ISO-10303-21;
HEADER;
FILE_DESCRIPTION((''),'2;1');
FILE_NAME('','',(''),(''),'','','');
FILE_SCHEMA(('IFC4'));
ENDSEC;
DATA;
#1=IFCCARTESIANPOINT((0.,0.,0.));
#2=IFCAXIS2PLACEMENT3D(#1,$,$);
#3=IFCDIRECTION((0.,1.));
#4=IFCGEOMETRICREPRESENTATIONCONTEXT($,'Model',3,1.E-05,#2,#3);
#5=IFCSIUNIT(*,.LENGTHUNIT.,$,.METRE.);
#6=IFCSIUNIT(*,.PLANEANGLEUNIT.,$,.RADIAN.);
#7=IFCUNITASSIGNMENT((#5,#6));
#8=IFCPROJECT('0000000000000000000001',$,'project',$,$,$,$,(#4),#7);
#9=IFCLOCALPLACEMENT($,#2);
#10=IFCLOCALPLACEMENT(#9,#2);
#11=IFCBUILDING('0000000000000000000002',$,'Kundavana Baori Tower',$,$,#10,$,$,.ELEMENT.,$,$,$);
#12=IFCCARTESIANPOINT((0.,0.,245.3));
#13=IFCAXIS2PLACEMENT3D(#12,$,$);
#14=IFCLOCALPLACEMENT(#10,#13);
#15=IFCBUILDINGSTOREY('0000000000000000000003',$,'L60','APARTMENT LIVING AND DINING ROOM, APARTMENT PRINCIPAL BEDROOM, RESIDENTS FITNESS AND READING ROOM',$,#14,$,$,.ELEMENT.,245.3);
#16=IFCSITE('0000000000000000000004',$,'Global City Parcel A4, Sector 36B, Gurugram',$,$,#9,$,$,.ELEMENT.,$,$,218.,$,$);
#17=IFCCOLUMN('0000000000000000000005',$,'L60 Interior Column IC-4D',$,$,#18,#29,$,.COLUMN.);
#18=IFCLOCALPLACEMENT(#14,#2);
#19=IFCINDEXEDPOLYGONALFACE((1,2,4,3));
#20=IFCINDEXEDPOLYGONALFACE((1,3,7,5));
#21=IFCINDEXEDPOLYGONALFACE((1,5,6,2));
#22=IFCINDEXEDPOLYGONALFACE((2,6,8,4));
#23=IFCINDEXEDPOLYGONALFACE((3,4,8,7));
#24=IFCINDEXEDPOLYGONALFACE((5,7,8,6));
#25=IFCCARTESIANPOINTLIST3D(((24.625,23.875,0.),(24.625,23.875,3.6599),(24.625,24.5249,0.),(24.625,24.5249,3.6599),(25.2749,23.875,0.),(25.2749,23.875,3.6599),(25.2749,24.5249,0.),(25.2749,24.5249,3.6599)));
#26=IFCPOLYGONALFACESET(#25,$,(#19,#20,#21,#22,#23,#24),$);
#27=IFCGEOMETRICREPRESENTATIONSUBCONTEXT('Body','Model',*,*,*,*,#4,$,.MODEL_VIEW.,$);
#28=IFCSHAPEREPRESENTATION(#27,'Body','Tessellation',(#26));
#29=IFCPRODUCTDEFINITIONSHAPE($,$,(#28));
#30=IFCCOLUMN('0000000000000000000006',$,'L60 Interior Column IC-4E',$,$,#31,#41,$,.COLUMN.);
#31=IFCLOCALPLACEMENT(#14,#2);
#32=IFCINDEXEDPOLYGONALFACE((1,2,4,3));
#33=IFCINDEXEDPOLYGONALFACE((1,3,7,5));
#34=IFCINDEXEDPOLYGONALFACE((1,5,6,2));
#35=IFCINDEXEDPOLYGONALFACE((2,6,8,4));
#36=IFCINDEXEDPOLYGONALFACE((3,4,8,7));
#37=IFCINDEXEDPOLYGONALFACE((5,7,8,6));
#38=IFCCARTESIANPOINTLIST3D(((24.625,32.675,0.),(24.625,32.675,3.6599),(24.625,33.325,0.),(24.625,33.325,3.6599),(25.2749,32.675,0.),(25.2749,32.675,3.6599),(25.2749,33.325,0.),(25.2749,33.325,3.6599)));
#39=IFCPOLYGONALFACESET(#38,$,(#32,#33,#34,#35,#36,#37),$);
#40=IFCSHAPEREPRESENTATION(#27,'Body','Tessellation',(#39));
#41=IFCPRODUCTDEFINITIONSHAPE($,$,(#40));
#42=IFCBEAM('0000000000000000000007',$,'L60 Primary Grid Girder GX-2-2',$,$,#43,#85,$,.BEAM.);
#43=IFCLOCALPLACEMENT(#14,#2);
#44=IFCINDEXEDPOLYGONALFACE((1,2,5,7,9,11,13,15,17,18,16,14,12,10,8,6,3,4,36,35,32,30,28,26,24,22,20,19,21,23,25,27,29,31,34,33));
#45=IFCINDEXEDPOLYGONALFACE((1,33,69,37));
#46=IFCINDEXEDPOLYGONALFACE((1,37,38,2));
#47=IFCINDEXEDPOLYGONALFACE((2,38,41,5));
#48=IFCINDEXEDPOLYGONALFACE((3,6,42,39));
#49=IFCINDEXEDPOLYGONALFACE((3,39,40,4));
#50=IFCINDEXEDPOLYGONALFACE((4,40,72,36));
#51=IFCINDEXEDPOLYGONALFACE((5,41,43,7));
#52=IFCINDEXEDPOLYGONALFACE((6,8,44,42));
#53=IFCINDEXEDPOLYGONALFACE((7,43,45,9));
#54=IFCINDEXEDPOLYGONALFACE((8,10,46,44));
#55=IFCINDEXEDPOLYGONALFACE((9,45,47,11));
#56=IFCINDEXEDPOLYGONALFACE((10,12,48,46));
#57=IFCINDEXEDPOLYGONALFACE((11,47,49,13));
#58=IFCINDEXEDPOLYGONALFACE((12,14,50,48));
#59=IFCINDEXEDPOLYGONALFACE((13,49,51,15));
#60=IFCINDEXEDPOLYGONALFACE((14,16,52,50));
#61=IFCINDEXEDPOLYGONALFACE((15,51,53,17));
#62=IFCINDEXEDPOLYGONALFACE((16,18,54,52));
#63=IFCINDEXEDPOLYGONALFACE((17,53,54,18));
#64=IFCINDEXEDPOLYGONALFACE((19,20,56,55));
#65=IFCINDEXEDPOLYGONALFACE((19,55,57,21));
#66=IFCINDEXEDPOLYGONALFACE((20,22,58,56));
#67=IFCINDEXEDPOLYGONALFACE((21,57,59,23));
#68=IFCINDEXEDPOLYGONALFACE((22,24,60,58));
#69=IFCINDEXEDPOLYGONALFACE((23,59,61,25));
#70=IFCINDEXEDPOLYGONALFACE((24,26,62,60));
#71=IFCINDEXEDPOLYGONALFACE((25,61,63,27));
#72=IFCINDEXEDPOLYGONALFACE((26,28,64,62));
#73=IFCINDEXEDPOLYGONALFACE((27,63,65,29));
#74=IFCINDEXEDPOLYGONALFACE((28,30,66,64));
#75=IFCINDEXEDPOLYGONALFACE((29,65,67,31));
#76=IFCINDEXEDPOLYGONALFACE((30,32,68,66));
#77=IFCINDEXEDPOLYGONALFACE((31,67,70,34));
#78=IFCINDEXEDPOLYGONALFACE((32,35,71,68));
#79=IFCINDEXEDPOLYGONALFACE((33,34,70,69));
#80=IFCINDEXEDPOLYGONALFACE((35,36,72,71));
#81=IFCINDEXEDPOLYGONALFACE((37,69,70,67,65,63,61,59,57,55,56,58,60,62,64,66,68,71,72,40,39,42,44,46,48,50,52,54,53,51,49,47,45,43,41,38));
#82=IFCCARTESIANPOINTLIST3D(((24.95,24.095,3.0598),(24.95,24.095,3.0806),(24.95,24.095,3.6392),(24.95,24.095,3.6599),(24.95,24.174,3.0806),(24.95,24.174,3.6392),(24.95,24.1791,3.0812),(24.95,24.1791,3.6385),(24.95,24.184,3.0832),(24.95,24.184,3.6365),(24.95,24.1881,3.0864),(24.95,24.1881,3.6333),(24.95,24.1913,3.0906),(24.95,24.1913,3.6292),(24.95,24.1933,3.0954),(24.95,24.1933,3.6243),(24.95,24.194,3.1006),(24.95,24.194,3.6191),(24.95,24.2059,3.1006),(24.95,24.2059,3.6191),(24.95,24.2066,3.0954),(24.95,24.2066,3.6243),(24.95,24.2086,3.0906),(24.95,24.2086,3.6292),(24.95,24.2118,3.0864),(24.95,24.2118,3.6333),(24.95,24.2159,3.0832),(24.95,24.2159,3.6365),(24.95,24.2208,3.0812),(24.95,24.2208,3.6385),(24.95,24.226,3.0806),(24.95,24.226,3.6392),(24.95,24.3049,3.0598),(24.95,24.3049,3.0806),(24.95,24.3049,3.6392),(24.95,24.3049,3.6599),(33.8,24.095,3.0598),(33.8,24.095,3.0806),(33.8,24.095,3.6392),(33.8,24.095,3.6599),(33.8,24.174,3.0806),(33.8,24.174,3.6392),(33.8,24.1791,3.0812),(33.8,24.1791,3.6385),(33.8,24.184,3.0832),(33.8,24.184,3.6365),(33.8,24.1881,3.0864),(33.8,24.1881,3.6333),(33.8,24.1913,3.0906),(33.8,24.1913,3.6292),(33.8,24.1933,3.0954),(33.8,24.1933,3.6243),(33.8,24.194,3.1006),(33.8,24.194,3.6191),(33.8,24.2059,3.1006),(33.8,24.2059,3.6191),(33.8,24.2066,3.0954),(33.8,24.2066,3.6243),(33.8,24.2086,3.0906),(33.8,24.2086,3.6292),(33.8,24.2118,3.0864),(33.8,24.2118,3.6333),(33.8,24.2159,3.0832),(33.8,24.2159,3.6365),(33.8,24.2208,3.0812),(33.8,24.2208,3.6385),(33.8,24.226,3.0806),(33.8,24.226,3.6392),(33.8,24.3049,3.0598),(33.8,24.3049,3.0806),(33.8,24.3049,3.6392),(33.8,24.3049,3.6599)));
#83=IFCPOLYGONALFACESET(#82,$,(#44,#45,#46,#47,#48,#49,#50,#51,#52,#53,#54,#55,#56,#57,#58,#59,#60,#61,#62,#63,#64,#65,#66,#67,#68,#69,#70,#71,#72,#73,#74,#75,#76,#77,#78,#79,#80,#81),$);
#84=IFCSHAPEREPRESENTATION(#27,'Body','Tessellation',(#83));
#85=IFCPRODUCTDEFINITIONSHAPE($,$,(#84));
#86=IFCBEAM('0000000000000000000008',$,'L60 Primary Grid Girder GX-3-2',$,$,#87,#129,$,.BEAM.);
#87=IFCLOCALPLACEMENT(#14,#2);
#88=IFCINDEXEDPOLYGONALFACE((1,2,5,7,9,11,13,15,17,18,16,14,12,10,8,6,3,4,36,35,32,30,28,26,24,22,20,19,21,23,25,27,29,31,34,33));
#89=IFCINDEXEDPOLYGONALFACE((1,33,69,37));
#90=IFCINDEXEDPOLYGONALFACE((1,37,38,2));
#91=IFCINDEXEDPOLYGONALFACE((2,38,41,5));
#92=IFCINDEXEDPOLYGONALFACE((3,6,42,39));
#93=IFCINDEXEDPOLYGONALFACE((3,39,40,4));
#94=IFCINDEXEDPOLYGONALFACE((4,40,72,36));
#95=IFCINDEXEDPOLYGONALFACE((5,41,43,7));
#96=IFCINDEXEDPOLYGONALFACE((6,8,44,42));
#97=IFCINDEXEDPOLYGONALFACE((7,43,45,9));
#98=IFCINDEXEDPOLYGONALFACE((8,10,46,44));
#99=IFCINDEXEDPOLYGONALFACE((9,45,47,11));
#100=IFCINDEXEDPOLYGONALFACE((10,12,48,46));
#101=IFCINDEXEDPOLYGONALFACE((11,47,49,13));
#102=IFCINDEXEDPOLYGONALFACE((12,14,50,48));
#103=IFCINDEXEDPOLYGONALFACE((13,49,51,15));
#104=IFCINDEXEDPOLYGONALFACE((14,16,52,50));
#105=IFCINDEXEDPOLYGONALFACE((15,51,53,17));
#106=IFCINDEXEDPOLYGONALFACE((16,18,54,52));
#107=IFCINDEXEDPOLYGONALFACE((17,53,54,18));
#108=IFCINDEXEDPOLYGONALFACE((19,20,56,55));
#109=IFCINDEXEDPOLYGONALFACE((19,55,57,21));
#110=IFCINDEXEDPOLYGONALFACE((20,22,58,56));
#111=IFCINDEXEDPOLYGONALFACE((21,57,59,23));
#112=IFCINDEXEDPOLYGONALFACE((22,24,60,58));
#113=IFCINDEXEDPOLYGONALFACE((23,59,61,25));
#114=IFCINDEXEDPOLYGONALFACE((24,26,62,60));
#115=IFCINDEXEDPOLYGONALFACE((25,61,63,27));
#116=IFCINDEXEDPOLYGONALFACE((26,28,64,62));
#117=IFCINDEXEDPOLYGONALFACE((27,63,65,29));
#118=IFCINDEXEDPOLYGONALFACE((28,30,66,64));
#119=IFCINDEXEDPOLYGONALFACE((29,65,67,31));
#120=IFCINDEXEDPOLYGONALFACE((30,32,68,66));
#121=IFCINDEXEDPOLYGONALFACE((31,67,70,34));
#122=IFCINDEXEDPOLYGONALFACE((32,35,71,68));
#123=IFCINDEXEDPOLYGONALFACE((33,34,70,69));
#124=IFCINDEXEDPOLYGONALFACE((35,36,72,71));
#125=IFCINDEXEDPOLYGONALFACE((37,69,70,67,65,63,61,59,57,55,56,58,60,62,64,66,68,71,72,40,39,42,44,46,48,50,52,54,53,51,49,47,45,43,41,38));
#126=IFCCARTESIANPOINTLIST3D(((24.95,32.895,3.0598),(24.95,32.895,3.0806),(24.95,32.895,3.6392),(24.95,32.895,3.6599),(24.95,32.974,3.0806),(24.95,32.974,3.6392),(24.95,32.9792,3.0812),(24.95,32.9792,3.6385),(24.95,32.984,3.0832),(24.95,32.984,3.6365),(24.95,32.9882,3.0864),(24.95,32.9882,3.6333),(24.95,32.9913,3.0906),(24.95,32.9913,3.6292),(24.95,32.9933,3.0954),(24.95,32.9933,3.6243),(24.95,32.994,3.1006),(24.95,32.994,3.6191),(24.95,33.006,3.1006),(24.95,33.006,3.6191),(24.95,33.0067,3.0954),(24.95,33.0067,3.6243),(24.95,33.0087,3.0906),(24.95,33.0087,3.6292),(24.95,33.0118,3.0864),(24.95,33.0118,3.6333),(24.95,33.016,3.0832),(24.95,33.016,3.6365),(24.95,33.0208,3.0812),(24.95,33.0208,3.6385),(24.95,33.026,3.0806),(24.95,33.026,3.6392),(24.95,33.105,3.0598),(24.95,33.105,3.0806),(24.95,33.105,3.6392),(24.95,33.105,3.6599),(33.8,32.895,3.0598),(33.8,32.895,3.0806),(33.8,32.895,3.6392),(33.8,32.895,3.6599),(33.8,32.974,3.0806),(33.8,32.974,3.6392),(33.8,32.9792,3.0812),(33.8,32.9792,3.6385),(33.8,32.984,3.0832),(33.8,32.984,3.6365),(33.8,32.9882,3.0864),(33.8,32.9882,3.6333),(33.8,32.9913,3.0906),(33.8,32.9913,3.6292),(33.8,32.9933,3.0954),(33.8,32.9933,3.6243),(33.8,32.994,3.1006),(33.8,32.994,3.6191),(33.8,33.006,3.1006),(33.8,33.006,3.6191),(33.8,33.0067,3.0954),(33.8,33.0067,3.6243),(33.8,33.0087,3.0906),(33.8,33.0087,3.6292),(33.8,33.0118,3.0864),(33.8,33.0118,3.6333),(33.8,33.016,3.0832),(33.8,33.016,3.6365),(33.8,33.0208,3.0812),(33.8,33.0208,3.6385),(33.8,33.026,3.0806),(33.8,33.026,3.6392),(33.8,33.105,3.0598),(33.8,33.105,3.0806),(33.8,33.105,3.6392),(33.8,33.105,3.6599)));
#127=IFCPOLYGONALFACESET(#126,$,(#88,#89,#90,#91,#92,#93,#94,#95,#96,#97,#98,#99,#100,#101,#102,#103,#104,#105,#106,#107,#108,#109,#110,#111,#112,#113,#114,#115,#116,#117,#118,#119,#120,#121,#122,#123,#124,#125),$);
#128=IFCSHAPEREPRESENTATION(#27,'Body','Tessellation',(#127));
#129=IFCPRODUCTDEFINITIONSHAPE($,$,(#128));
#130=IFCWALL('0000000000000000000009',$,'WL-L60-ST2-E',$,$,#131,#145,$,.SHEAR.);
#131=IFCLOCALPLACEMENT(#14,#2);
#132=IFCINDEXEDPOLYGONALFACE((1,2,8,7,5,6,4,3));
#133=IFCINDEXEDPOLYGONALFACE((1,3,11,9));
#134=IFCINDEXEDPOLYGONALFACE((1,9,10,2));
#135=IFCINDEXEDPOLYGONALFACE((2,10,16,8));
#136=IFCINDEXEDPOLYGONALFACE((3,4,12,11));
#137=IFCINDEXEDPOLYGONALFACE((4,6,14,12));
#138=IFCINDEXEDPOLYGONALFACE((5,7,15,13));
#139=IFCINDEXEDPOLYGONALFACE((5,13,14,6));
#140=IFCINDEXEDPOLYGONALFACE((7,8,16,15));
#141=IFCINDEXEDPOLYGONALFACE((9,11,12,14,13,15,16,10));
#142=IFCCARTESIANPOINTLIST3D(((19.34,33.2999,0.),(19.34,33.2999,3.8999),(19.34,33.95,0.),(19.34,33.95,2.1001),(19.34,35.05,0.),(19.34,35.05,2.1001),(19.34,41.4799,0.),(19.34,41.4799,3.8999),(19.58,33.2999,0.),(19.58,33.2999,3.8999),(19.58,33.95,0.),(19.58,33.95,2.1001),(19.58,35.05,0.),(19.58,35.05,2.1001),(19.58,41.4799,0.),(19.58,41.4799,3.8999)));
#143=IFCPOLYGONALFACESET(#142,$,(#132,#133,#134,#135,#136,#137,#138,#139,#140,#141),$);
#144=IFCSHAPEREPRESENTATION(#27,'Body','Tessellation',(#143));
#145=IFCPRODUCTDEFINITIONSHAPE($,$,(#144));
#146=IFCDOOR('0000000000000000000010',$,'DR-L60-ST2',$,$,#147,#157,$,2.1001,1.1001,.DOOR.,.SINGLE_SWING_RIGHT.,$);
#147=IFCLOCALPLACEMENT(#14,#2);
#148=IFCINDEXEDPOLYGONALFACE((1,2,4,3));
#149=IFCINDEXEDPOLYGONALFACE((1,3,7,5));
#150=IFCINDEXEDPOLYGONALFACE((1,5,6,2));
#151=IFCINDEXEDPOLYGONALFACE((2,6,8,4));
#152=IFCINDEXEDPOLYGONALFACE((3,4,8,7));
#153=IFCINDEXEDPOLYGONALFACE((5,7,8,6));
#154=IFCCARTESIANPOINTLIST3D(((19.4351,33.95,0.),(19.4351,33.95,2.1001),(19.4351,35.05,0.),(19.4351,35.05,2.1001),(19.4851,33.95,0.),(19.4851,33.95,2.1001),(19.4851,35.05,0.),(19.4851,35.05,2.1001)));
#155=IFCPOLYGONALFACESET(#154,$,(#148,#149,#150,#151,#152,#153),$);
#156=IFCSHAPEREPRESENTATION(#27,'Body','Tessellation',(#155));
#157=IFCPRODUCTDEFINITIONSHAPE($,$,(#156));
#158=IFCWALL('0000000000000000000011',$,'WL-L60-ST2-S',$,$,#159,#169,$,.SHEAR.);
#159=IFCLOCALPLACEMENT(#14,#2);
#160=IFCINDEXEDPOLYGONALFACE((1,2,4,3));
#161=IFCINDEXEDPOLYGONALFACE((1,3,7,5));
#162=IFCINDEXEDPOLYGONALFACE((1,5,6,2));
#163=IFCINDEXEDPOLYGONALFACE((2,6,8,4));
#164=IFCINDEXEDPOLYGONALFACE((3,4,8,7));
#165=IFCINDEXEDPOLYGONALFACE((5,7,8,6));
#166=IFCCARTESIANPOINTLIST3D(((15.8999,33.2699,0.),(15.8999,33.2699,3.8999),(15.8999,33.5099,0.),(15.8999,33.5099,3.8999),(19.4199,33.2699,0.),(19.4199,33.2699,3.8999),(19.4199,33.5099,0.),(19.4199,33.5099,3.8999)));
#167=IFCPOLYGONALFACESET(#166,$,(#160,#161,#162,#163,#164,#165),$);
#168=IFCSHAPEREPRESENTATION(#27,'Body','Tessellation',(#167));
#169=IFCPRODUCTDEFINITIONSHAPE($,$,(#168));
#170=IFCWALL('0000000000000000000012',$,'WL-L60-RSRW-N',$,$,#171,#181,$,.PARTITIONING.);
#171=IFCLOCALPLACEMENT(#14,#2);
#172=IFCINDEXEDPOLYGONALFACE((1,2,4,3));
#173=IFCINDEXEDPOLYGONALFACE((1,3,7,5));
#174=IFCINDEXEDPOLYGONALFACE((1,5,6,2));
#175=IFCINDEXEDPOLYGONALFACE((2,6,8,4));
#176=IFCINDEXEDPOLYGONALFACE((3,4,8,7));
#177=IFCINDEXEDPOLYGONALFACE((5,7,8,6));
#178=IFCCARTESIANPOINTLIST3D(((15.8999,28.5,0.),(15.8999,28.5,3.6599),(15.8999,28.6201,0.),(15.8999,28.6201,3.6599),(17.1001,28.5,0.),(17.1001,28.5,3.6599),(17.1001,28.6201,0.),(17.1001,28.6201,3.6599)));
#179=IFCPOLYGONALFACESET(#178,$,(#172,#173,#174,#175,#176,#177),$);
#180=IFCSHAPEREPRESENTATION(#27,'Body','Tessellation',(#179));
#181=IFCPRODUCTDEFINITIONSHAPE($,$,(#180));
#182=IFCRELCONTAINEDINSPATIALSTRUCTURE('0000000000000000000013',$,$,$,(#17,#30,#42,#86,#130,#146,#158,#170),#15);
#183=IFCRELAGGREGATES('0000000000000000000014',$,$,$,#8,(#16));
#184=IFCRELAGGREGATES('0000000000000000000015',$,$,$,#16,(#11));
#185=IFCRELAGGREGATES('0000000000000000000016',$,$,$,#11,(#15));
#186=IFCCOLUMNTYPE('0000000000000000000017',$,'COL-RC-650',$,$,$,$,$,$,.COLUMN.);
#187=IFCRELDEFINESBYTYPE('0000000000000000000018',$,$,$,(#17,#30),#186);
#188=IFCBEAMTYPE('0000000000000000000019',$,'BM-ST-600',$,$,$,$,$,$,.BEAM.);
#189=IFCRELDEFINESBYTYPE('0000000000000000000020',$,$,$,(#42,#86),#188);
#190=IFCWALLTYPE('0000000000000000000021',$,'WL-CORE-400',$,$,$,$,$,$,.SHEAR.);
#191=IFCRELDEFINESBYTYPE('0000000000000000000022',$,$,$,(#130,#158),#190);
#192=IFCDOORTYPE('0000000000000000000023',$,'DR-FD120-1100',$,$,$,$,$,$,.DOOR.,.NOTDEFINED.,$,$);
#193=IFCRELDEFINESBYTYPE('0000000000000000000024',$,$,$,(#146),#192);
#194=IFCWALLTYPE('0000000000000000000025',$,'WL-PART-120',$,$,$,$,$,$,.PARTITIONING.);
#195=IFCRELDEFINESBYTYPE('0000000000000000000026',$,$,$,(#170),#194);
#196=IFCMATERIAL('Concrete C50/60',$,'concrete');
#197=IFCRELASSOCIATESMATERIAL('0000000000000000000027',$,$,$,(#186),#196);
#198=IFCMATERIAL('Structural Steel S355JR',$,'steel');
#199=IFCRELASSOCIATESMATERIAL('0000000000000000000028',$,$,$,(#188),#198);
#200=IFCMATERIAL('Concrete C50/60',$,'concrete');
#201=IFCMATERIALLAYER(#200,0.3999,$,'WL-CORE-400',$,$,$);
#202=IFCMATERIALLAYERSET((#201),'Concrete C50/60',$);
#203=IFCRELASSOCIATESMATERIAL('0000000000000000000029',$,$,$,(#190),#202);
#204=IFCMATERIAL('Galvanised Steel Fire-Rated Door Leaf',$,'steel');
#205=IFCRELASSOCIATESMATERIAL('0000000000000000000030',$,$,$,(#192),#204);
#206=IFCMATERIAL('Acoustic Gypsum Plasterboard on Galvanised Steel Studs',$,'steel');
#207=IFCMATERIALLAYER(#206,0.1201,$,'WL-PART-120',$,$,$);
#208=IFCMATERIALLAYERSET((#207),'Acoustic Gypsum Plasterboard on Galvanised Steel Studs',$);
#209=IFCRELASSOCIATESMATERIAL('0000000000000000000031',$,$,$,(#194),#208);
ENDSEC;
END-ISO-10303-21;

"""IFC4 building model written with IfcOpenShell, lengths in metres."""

from ifc_helpers import new_model, si_unit, direction, frame, frame_2d, origin, origin_2d, place, context, subcontext, project, spatial, rectangle, i_section, extrude, material, layer, layer_set, material_profile, profile_set, type_object, element, fill, save


model = new_model("IFC4")

# Units and contexts
model_context = context("Model", 3, precision=1e-05, world=origin(), true_north=direction((0.0, 1.0)))
body_context = subcontext(model_context, "Body", "Model", "MODEL_VIEW")
ifc_project = project(units=[si_unit("LENGTHUNIT", "METRE"), si_unit("PLANEANGLEUNIT", "RADIAN")], contexts=[model_context])

# Site, building, storey
site_placement = place(None, origin())
site = spatial("IfcSite", under=ifc_project, at=site_placement, Name="Global City Parcel A4, Sector 36B, Gurugram", CompositionType="ELEMENT", RefElevation=218.0)
building_placement = place(site_placement, origin())
building = spatial("IfcBuilding", under=site, at=building_placement, Name="Kundavana Baori Tower", CompositionType="ELEMENT")
storey_placement = place(building_placement, frame((0.0, 0.0, 245.3)))
storey = spatial("IfcBuildingStorey", under=building, at=storey_placement, Name="L60", Description="APARTMENT LIVING AND DINING ROOM, APARTMENT PRINCIPAL BEDROOM, RESIDENTS FITNESS AND READING ROOM", CompositionType="ELEMENT", Elevation=245.3)

# Columns
ifc_material_1 = material(Name="Concrete C50/60", Category="concrete")
ifc_material_profile_1 = material_profile(ifc_material_1, rectangle(XDim=0.6499, YDim=0.6499, at=origin_2d()), Name="RC 650x650")
ifc_profile_set_1 = profile_set([ifc_material_profile_1], Name="Concrete C50/60")
column_type = type_object("IfcColumnType", Name="COL-RC-650", PredefinedType="COLUMN", material=ifc_profile_set_1)
for number, where, z_axis, x_axis, name in (
    (1, (24.95, 24.2, 0.0), (0.0, 0.0, 1.0), (1.0, 0.0, 0.0), "L60 Interior Column IC-4D"),
    (2, (24.95, 33.0, 0.0), (0.0, 0.0, 1.0), (1.0, 0.0, 0.0), "L60 Interior Column IC-4E"),
):
    element("IfcColumn", number, at=place(storey_placement, frame(where, z_axis=z_axis, x_axis=x_axis)), inside=storey, type_object=column_type, Name=name, PredefinedType="COLUMN", context=body_context, shape_type="SweptSolid", body=[
        extrude(rectangle(XDim=0.6499, YDim=0.6499, at=origin_2d()), origin(), (0.0, 0.0, 1.0), 3.6599),
    ])

# Beams
ifc_material_2 = material(Name="Structural Steel S355JR", Category="steel")
ifc_material_profile_2 = material_profile(ifc_material_2, i_section(OverallWidth=0.21, OverallDepth=0.6001, WebThickness=0.012, FlangeThickness=0.0208, FilletRadius=0.02, at=origin_2d()), Name="ISMB 600")
ifc_profile_set_2 = profile_set([ifc_material_profile_2], Name="Structural Steel S355JR")
beam_type = type_object("IfcBeamType", Name="BM-ST-600", PredefinedType="BEAM", material=ifc_profile_set_2)
for number, where, z_axis, x_axis, name in (
    (3, (24.95, 24.2, 3.3599), (1.0, 0.0, 0.0), (0.0, 1.0, 0.0), "L60 Primary Grid Girder GX-2-2"),
    (4, (24.95, 33.0, 3.3599), (1.0, 0.0, 0.0), (0.0, 1.0, 0.0), "L60 Primary Grid Girder GX-3-2"),
):
    element("IfcBeam", number, at=place(storey_placement, frame(where, z_axis=z_axis, x_axis=x_axis)), inside=storey, type_object=beam_type, Name=name, PredefinedType="BEAM", context=body_context, shape_type="SweptSolid", body=[
        extrude(i_section(OverallWidth=0.21, OverallDepth=0.6001, WebThickness=0.012, FlangeThickness=0.0208, FilletRadius=0.02, at=origin_2d()), origin(), (0.0, 0.0, 1.0), 8.8501),
    ])

# Wall, opening, door
ifc_material_3 = material(Name="Concrete C50/60", Category="concrete")
ifc_layer_1 = layer(ifc_material_3, 0.3999, Name="WL-CORE-400")
ifc_layer_set_1 = layer_set([ifc_layer_1], Name="Concrete C50/60")
wall_type_1 = type_object("IfcWallType", Name="WL-CORE-400", PredefinedType="SHEAR", material=ifc_layer_set_1)
wall_1_placement = place(storey_placement, frame((19.46, 33.3, 0.0), z_axis=(0.0, 0.0, 1.0), x_axis=(0.0, 1.0, 0.0)))
wall_1 = element("IfcWall", 5, at=wall_1_placement, inside=storey, type_object=wall_type_1, Name="WL-L60-ST2-E", PredefinedType="SHEAR", context=body_context, shape_type="SweptSolid", body=[
    extrude(rectangle(XDim=8.1799, YDim=0.24, at=frame_2d((4.0898, 0.0))), origin(), (0.0, 0.0, 1.0), 3.8999),
])
opening_1_placement = place(wall_1_placement, frame((0.6499, 0.0, 0.0)))
opening_1 = element("IfcOpeningElement", 6, at=opening_1_placement, cuts=wall_1, PredefinedType="OPENING", context=body_context, shape_type="SweptSolid", body=[
    extrude(rectangle(XDim=1.1001, YDim=2.1001, at=frame_2d((0.55, 1.05))), frame((0.0, 0.1299, 0.0), z_axis=(0.0, -1.0, 0.0), x_axis=(1.0, 0.0, 0.0)), (0.0, 0.0, 1.0), 0.26),
])
ifc_material_4 = material(Name="Galvanised Steel Fire-Rated Door Leaf", Category="steel")
door_type_1 = type_object("IfcDoorType", Name="DR-FD120-1100", OperationType="NOTDEFINED", PredefinedType="DOOR", material=ifc_material_4)
door_1_placement = place(opening_1_placement, origin())
door_1 = element("IfcDoor", 7, at=door_1_placement, inside=storey, type_object=door_type_1, Name="DR-L60-ST2", OperationType="SINGLE_SWING_RIGHT", OverallHeight=2.1001, OverallWidth=1.1001, PredefinedType="DOOR", context=body_context, shape_type="SweptSolid", body=[
    extrude(rectangle(XDim=1.1001, YDim=2.1001, at=frame_2d((0.55, 1.05))), frame((0.0, 0.0249, 0.0), z_axis=(0.0, -1.0, 0.0), x_axis=(1.0, 0.0, 0.0)), (0.0, 0.0, 1.0), 0.05),
])
fill(opening_1, door_1)

# Walls
wall_2_placement = place(storey_placement, frame((15.8999, 33.3899, 0.0), z_axis=(0.0, 0.0, 1.0), x_axis=(1.0, 0.0, 0.0)))
element("IfcWall", 8, at=wall_2_placement, inside=storey, type_object=wall_type_1, Name="WL-L60-ST2-S", PredefinedType="SHEAR", context=body_context, shape_type="SweptSolid", body=[
    extrude(rectangle(XDim=3.52, YDim=0.24, at=frame_2d((1.76, 0.0))), origin(), (0.0, 0.0, 1.0), 3.8999),
])
ifc_material_5 = material(Name="Acoustic Gypsum Plasterboard on Galvanised Steel Studs", Category="steel")
ifc_layer_2 = layer(ifc_material_5, 0.1201, Name="WL-PART-120")
ifc_layer_set_2 = layer_set([ifc_layer_2], Name="Acoustic Gypsum Plasterboard on Galvanised Steel Studs")
wall_type_2 = type_object("IfcWallType", Name="WL-PART-120", PredefinedType="PARTITIONING", material=ifc_layer_set_2)
wall_3_placement = place(storey_placement, frame((15.8999, 28.5601, 0.0), z_axis=(0.0, 0.0, 1.0), x_axis=(1.0, 0.0, 0.0)))
element("IfcWall", 9, at=wall_3_placement, inside=storey, type_object=wall_type_2, Name="WL-L60-RSRW-N", PredefinedType="PARTITIONING", context=body_context, shape_type="SweptSolid", body=[
    extrude(rectangle(XDim=1.2002, YDim=0.1201, at=frame_2d((0.6001, 0.0))), origin(), (0.0, 0.0, 1.0), 3.6599),
])

save(model, "model.ifc")
